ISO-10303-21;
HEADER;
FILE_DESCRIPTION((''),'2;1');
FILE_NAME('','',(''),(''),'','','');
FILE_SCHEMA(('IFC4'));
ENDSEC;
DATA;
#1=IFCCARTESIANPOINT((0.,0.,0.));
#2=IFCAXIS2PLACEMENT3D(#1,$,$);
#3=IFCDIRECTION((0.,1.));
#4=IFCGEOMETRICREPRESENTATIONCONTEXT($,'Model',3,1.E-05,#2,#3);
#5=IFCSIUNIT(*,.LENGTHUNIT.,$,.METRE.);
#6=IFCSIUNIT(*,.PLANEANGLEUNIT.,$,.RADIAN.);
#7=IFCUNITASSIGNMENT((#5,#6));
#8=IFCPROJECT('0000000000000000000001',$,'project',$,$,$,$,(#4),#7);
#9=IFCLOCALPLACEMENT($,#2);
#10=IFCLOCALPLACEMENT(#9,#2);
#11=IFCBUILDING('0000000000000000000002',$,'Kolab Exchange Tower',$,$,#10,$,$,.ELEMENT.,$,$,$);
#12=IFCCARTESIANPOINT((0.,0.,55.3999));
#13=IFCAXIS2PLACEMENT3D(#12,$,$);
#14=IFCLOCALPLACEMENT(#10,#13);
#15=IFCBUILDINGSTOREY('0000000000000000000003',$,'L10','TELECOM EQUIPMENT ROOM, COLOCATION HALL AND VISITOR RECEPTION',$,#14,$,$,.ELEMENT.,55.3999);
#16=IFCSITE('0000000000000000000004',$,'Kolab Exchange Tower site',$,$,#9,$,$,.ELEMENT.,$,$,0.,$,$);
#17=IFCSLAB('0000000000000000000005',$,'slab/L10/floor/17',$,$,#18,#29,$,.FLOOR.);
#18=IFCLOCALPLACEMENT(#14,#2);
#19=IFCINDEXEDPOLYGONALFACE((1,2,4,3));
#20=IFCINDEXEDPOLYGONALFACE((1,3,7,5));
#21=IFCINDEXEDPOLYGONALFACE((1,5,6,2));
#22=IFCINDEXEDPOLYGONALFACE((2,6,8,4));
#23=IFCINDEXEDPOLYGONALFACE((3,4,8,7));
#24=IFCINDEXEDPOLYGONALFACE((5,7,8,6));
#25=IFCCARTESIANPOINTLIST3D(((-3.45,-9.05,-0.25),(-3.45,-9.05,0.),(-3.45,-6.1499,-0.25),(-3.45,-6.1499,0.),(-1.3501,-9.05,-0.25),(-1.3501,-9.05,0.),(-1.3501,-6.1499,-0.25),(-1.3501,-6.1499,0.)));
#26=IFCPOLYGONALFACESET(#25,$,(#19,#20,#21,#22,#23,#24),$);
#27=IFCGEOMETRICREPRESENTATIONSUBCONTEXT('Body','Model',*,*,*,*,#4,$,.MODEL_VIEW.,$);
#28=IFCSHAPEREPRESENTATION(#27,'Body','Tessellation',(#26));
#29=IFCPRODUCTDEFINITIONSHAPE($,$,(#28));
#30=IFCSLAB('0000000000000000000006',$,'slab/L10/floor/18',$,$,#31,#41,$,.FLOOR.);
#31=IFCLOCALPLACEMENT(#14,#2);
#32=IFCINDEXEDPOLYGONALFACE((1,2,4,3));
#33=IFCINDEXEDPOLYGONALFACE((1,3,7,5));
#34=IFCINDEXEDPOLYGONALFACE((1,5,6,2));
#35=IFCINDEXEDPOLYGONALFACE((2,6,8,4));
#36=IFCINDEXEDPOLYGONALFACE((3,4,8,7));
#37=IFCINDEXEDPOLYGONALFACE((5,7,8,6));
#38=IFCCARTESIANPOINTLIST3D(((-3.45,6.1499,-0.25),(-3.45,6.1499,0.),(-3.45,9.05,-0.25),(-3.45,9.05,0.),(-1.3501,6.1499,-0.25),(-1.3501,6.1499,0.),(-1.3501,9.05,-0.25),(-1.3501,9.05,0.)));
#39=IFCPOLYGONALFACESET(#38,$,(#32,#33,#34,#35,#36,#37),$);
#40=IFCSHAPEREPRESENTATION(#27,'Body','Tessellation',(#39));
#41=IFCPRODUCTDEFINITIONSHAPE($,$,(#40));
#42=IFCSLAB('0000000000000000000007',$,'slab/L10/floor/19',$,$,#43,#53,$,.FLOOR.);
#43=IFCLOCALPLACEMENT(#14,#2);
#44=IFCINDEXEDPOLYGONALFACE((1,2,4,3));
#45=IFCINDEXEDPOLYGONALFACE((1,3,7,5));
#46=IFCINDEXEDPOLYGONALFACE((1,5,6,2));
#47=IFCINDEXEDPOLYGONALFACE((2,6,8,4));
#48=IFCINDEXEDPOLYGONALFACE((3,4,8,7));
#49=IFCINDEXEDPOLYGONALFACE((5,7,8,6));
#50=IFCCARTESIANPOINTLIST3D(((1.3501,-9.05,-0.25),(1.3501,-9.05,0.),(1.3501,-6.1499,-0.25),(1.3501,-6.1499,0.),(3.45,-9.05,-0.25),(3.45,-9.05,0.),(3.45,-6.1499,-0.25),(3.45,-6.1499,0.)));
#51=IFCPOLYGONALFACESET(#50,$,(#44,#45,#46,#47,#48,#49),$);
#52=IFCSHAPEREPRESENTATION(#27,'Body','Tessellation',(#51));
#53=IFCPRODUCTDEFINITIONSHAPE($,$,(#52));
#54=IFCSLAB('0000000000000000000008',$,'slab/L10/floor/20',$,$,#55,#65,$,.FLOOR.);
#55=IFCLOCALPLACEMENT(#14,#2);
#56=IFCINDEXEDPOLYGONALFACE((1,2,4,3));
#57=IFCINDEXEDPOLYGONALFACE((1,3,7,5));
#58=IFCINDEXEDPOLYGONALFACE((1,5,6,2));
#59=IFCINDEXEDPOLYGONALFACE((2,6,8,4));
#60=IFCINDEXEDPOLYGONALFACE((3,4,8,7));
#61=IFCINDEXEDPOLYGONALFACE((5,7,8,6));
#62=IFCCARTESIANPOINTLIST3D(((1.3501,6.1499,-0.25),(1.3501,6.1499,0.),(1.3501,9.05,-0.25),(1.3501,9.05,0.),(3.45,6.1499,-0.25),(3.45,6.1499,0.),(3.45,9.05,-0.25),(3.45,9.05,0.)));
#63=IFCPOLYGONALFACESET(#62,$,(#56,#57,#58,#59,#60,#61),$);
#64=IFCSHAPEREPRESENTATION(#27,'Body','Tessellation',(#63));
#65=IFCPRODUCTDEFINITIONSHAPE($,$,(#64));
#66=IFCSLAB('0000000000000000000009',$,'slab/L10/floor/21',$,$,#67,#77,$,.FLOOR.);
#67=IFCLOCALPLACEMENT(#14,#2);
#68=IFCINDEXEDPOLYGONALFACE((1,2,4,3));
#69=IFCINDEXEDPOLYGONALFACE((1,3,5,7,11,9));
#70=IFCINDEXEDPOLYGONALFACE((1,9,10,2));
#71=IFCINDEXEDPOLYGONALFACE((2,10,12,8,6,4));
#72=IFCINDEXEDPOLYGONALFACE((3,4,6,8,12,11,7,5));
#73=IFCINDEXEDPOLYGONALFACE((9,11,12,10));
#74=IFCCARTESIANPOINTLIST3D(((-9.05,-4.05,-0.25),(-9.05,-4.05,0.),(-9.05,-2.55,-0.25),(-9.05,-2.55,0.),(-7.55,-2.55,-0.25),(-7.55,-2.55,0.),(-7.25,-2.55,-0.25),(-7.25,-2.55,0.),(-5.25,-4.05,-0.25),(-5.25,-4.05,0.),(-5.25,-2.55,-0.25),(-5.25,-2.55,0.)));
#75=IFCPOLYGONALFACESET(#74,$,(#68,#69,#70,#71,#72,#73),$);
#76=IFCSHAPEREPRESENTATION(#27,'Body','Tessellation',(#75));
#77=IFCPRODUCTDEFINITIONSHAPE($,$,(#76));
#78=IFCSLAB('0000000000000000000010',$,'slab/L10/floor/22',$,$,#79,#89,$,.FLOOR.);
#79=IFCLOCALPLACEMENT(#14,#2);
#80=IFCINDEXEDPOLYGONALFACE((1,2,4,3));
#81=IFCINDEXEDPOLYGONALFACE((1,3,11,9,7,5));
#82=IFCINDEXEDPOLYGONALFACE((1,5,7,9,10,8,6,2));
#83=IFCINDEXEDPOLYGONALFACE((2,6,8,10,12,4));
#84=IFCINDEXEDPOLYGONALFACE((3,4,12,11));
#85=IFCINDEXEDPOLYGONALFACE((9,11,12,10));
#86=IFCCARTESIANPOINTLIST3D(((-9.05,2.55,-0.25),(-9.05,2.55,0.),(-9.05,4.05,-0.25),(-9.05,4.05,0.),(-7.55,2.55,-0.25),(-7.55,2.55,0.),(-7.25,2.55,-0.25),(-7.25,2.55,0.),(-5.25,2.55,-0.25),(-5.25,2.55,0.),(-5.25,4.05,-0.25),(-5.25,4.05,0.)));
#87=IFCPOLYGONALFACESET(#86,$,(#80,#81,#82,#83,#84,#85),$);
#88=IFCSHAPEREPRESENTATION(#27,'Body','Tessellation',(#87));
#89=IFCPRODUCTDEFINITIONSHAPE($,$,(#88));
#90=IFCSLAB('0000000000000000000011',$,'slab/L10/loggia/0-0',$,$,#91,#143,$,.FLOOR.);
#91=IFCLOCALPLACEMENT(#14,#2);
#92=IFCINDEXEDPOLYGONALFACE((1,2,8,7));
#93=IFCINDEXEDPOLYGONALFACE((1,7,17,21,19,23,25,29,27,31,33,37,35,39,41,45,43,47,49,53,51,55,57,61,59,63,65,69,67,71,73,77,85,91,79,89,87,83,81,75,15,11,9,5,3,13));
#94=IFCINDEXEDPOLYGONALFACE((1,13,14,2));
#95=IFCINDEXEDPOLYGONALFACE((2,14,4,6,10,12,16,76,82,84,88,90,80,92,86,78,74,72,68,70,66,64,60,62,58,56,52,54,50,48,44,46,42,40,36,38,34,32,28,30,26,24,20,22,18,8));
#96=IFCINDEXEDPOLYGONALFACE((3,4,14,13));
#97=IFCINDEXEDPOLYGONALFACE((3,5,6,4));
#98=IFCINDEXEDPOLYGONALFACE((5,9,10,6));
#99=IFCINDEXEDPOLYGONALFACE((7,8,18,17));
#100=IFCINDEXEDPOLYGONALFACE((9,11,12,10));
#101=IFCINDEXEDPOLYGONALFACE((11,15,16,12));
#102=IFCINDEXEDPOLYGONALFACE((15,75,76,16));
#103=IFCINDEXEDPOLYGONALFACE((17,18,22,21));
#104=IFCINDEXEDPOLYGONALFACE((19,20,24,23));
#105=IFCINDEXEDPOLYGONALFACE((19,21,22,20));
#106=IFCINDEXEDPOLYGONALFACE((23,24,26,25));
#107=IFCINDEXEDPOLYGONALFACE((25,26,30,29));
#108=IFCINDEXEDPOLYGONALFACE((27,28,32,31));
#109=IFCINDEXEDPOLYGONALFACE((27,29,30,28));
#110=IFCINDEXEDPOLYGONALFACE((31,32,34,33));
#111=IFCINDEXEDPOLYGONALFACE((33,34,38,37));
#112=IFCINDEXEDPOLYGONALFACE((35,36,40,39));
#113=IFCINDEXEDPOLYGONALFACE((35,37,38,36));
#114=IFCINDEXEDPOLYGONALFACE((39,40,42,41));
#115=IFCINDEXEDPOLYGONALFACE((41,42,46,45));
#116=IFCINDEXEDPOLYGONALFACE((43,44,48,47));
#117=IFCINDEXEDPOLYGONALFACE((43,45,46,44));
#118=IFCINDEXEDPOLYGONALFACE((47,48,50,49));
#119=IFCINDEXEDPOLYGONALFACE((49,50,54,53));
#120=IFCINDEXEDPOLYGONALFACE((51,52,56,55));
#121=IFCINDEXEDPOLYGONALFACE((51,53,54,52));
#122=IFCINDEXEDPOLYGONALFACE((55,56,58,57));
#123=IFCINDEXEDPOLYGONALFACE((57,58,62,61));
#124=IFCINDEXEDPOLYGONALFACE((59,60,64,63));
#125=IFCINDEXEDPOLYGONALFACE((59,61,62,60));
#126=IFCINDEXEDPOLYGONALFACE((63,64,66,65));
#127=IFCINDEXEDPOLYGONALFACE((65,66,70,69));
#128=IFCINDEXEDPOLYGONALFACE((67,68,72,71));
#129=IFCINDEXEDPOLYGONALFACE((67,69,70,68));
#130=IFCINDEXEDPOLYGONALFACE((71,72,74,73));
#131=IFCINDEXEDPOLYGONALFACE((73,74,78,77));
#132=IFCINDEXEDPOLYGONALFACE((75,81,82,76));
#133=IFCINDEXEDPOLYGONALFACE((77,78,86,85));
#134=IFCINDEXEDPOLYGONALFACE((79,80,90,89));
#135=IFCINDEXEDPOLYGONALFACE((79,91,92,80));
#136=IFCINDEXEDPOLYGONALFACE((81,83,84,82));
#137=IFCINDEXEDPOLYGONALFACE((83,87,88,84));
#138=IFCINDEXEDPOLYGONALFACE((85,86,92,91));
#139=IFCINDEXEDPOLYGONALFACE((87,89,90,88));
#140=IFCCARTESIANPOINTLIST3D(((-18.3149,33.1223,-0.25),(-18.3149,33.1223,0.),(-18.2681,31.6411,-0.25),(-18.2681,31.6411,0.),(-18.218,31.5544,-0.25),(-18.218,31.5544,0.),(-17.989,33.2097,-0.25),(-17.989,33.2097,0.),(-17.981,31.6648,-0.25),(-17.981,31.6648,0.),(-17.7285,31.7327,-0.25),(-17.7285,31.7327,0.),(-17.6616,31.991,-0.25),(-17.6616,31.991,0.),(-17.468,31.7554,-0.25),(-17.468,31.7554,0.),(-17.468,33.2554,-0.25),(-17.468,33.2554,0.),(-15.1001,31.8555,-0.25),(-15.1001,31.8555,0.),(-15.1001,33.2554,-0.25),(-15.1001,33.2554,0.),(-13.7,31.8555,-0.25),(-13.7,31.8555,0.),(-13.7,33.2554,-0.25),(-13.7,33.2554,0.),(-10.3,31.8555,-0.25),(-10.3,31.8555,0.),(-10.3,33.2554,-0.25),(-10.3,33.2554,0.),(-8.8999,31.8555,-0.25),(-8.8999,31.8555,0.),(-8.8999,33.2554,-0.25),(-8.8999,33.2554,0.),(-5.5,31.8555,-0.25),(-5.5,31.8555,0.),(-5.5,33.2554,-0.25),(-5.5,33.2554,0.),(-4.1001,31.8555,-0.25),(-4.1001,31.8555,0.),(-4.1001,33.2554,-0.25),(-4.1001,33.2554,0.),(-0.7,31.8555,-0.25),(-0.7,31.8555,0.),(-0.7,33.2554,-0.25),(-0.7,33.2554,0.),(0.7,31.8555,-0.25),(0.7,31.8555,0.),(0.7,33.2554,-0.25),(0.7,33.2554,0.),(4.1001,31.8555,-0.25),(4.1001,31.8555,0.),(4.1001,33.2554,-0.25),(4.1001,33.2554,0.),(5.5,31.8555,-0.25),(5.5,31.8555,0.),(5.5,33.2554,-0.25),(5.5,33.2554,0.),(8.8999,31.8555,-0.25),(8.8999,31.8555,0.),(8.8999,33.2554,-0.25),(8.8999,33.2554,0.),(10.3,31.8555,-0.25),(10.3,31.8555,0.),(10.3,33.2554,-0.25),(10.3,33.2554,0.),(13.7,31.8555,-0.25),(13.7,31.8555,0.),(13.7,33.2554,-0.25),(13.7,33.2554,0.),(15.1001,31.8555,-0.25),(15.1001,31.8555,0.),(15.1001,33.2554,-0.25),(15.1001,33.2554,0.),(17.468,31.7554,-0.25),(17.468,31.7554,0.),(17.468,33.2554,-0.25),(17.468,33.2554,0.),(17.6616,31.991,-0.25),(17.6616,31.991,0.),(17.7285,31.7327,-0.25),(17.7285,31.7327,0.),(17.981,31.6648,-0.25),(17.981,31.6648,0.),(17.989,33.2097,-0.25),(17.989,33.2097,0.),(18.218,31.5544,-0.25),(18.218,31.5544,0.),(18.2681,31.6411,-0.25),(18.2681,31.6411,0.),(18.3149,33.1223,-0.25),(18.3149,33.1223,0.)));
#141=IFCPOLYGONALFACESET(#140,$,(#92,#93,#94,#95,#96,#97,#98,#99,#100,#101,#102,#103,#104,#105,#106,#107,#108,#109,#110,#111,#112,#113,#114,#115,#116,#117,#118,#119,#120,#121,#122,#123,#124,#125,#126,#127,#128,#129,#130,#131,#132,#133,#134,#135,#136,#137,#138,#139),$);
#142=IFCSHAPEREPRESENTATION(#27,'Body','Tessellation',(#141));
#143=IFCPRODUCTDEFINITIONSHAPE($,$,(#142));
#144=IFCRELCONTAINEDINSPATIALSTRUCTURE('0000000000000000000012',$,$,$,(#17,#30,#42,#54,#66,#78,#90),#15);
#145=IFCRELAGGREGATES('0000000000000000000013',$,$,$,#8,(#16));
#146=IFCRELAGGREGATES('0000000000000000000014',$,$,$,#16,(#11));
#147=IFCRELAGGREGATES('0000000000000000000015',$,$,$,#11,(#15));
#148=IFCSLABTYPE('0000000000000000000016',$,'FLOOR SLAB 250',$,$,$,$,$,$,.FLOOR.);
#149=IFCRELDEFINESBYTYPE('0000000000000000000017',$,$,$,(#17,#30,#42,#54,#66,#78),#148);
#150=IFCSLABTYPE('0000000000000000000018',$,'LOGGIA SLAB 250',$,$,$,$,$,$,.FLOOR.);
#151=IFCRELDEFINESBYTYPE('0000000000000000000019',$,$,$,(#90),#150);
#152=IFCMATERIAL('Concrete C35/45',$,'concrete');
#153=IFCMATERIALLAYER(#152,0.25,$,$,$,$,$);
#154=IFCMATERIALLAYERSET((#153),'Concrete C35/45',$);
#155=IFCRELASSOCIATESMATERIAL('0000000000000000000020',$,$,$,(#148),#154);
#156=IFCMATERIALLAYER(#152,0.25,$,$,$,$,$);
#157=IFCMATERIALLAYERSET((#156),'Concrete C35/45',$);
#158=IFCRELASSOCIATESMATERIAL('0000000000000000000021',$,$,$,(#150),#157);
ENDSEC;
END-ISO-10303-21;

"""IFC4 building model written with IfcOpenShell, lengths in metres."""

from ifc_helpers import new_model, si_unit, direction, frame, origin, place, context, subcontext, project, spatial, polyline, outline, extrude, material, layer, layer_set, type_object, element, save


model = new_model("IFC4")

# Units and contexts
model_context = context("Model", 3, precision=1e-05, world=origin(), true_north=direction((0.0, 1.0)))
body_context = subcontext(model_context, "Body", "Model", "MODEL_VIEW")
ifc_project = project(units=[si_unit("LENGTHUNIT", "METRE"), si_unit("PLANEANGLEUNIT", "RADIAN")], contexts=[model_context])

# Site, building, storey
site_placement = place(None, origin())
site = spatial("IfcSite", under=ifc_project, at=site_placement, Name="Kolab Exchange Tower site", CompositionType="ELEMENT", RefElevation=0.0)
building_placement = place(site_placement, origin())
building = spatial("IfcBuilding", under=site, at=building_placement, Name="Kolab Exchange Tower", CompositionType="ELEMENT")
storey_placement = place(building_placement, frame((0.0, 0.0, 55.3999)))
storey = spatial("IfcBuildingStorey", under=building, at=storey_placement, Name="L10", Description="TELECOM EQUIPMENT ROOM, COLOCATION HALL AND VISITOR RECEPTION", CompositionType="ELEMENT", Elevation=55.3999)

# Slabs
ifc_material_1 = material(Name="Concrete C35/45", Category="concrete")
ifc_layer_1 = layer(ifc_material_1, 0.25)
ifc_layer_set_1 = layer_set([ifc_layer_1], Name="Concrete C35/45")
slab_type_1 = type_object("IfcSlabType", Name="FLOOR SLAB 250", PredefinedType="FLOOR", material=ifc_layer_set_1)
slab_1_placement = place(storey_placement, frame((0.0, 0.0, -0.25)))
element("IfcSlab", 1, at=slab_1_placement, inside=storey, type_object=slab_type_1, Name="slab/L10/floor/17", PredefinedType="FLOOR", context=body_context, shape_type="SweptSolid", body=[
    extrude(outline(polyline([(-1.3501, -6.1499), (-3.45, -6.1499), (-3.45, -9.05), (-1.3501, -9.05), (-1.3501, -6.1499)])), origin(), (0.0, 0.0, 1.0), 0.25),
])
slab_2_placement = place(storey_placement, frame((0.0, 0.0, -0.25)))
element("IfcSlab", 2, at=slab_2_placement, inside=storey, type_object=slab_type_1, Name="slab/L10/floor/18", PredefinedType="FLOOR", context=body_context, shape_type="SweptSolid", body=[
    extrude(outline(polyline([(-1.3501, 6.1499), (-1.3501, 9.05), (-3.45, 9.05), (-3.45, 6.1499), (-1.3501, 6.1499)])), origin(), (0.0, 0.0, 1.0), 0.25),
])
slab_3_placement = place(storey_placement, frame((0.0, 0.0, -0.25)))
element("IfcSlab", 3, at=slab_3_placement, inside=storey, type_object=slab_type_1, Name="slab/L10/floor/19", PredefinedType="FLOOR", context=body_context, shape_type="SweptSolid", body=[
    extrude(outline(polyline([(1.3501, -6.1499), (1.3501, -9.05), (3.45, -9.05), (3.45, -6.1499), (1.3501, -6.1499)])), origin(), (0.0, 0.0, 1.0), 0.25),
])
slab_4_placement = place(storey_placement, frame((0.0, 0.0, -0.25)))
element("IfcSlab", 4, at=slab_4_placement, inside=storey, type_object=slab_type_1, Name="slab/L10/floor/20", PredefinedType="FLOOR", context=body_context, shape_type="SweptSolid", body=[
    extrude(outline(polyline([(1.3501, 6.1499), (3.45, 6.1499), (3.45, 9.05), (1.3501, 9.05), (1.3501, 6.1499)])), origin(), (0.0, 0.0, 1.0), 0.25),
])
slab_5_placement = place(storey_placement, frame((0.0, 0.0, -0.25)))
element("IfcSlab", 5, at=slab_5_placement, inside=storey, type_object=slab_type_1, Name="slab/L10/floor/21", PredefinedType="FLOOR", context=body_context, shape_type="SweptSolid", body=[
    extrude(outline(polyline([(-9.05, -4.05), (-5.25, -4.05), (-5.25, -2.55), (-7.25, -2.55), (-7.55, -2.55), (-9.05, -2.55), (-9.05, -4.05)])), origin(), (0.0, 0.0, 1.0), 0.25),
])
slab_6_placement = place(storey_placement, frame((0.0, 0.0, -0.25)))
element("IfcSlab", 6, at=slab_6_placement, inside=storey, type_object=slab_type_1, Name="slab/L10/floor/22", PredefinedType="FLOOR", context=body_context, shape_type="SweptSolid", body=[
    extrude(outline(polyline([(-5.25, 4.05), (-9.05, 4.05), (-9.05, 2.55), (-7.55, 2.55), (-7.25, 2.55), (-5.25, 2.55), (-5.25, 4.05)])), origin(), (0.0, 0.0, 1.0), 0.25),
])
ifc_layer_2 = layer(ifc_material_1, 0.25)
ifc_layer_set_2 = layer_set([ifc_layer_2], Name="Concrete C35/45")
slab_type_2 = type_object("IfcSlabType", Name="LOGGIA SLAB 250", PredefinedType="FLOOR", material=ifc_layer_set_2)
slab_7_placement = place(storey_placement, frame((0.0, 0.0, -0.25)))
element("IfcSlab", 7, at=slab_7_placement, inside=storey, type_object=slab_type_2, Name="slab/L10/loggia/0-0", PredefinedType="FLOOR", context=body_context, shape_type="SweptSolid", body=[
    extrude(outline(polyline([(18.218, 31.5544), (18.2681, 31.6411), (17.6616, 31.991), (18.3149, 33.1223), (17.989, 33.2097), (17.468, 33.2554), (15.1001, 33.2554), (15.1001, 31.8555), (13.7, 31.8555), (13.7, 33.2554), (10.3, 33.2554), (10.3, 31.8555), (8.8999, 31.8555), (8.8999, 33.2554), (5.5, 33.2554), (5.5, 31.8555), (4.1001, 31.8555), (4.1001, 33.2554), (0.7, 33.2554), (0.7, 31.8555), (-0.7, 31.8555), (-0.7, 33.2554), (-4.1001, 33.2554), (-4.1001, 31.8555), (-5.5, 31.8555), (-5.5, 33.2554), (-8.8999, 33.2554), (-8.8999, 31.8555), (-10.3, 31.8555), (-10.3, 33.2554), (-13.7, 33.2554), (-13.7, 31.8555), (-15.1001, 31.8555), (-15.1001, 33.2554), (-17.468, 33.2554), (-17.989, 33.2097), (-18.3149, 33.1223), (-17.6616, 31.991), (-18.2681, 31.6411), (-18.218, 31.5544), (-17.981, 31.6648), (-17.7285, 31.7327), (-17.468, 31.7554), (17.468, 31.7554), (17.7285, 31.7327), (17.981, 31.6648), (18.218, 31.5544)])), origin(), (0.0, 0.0, 1.0), 0.25),
])

save(model, "model.ifc")
